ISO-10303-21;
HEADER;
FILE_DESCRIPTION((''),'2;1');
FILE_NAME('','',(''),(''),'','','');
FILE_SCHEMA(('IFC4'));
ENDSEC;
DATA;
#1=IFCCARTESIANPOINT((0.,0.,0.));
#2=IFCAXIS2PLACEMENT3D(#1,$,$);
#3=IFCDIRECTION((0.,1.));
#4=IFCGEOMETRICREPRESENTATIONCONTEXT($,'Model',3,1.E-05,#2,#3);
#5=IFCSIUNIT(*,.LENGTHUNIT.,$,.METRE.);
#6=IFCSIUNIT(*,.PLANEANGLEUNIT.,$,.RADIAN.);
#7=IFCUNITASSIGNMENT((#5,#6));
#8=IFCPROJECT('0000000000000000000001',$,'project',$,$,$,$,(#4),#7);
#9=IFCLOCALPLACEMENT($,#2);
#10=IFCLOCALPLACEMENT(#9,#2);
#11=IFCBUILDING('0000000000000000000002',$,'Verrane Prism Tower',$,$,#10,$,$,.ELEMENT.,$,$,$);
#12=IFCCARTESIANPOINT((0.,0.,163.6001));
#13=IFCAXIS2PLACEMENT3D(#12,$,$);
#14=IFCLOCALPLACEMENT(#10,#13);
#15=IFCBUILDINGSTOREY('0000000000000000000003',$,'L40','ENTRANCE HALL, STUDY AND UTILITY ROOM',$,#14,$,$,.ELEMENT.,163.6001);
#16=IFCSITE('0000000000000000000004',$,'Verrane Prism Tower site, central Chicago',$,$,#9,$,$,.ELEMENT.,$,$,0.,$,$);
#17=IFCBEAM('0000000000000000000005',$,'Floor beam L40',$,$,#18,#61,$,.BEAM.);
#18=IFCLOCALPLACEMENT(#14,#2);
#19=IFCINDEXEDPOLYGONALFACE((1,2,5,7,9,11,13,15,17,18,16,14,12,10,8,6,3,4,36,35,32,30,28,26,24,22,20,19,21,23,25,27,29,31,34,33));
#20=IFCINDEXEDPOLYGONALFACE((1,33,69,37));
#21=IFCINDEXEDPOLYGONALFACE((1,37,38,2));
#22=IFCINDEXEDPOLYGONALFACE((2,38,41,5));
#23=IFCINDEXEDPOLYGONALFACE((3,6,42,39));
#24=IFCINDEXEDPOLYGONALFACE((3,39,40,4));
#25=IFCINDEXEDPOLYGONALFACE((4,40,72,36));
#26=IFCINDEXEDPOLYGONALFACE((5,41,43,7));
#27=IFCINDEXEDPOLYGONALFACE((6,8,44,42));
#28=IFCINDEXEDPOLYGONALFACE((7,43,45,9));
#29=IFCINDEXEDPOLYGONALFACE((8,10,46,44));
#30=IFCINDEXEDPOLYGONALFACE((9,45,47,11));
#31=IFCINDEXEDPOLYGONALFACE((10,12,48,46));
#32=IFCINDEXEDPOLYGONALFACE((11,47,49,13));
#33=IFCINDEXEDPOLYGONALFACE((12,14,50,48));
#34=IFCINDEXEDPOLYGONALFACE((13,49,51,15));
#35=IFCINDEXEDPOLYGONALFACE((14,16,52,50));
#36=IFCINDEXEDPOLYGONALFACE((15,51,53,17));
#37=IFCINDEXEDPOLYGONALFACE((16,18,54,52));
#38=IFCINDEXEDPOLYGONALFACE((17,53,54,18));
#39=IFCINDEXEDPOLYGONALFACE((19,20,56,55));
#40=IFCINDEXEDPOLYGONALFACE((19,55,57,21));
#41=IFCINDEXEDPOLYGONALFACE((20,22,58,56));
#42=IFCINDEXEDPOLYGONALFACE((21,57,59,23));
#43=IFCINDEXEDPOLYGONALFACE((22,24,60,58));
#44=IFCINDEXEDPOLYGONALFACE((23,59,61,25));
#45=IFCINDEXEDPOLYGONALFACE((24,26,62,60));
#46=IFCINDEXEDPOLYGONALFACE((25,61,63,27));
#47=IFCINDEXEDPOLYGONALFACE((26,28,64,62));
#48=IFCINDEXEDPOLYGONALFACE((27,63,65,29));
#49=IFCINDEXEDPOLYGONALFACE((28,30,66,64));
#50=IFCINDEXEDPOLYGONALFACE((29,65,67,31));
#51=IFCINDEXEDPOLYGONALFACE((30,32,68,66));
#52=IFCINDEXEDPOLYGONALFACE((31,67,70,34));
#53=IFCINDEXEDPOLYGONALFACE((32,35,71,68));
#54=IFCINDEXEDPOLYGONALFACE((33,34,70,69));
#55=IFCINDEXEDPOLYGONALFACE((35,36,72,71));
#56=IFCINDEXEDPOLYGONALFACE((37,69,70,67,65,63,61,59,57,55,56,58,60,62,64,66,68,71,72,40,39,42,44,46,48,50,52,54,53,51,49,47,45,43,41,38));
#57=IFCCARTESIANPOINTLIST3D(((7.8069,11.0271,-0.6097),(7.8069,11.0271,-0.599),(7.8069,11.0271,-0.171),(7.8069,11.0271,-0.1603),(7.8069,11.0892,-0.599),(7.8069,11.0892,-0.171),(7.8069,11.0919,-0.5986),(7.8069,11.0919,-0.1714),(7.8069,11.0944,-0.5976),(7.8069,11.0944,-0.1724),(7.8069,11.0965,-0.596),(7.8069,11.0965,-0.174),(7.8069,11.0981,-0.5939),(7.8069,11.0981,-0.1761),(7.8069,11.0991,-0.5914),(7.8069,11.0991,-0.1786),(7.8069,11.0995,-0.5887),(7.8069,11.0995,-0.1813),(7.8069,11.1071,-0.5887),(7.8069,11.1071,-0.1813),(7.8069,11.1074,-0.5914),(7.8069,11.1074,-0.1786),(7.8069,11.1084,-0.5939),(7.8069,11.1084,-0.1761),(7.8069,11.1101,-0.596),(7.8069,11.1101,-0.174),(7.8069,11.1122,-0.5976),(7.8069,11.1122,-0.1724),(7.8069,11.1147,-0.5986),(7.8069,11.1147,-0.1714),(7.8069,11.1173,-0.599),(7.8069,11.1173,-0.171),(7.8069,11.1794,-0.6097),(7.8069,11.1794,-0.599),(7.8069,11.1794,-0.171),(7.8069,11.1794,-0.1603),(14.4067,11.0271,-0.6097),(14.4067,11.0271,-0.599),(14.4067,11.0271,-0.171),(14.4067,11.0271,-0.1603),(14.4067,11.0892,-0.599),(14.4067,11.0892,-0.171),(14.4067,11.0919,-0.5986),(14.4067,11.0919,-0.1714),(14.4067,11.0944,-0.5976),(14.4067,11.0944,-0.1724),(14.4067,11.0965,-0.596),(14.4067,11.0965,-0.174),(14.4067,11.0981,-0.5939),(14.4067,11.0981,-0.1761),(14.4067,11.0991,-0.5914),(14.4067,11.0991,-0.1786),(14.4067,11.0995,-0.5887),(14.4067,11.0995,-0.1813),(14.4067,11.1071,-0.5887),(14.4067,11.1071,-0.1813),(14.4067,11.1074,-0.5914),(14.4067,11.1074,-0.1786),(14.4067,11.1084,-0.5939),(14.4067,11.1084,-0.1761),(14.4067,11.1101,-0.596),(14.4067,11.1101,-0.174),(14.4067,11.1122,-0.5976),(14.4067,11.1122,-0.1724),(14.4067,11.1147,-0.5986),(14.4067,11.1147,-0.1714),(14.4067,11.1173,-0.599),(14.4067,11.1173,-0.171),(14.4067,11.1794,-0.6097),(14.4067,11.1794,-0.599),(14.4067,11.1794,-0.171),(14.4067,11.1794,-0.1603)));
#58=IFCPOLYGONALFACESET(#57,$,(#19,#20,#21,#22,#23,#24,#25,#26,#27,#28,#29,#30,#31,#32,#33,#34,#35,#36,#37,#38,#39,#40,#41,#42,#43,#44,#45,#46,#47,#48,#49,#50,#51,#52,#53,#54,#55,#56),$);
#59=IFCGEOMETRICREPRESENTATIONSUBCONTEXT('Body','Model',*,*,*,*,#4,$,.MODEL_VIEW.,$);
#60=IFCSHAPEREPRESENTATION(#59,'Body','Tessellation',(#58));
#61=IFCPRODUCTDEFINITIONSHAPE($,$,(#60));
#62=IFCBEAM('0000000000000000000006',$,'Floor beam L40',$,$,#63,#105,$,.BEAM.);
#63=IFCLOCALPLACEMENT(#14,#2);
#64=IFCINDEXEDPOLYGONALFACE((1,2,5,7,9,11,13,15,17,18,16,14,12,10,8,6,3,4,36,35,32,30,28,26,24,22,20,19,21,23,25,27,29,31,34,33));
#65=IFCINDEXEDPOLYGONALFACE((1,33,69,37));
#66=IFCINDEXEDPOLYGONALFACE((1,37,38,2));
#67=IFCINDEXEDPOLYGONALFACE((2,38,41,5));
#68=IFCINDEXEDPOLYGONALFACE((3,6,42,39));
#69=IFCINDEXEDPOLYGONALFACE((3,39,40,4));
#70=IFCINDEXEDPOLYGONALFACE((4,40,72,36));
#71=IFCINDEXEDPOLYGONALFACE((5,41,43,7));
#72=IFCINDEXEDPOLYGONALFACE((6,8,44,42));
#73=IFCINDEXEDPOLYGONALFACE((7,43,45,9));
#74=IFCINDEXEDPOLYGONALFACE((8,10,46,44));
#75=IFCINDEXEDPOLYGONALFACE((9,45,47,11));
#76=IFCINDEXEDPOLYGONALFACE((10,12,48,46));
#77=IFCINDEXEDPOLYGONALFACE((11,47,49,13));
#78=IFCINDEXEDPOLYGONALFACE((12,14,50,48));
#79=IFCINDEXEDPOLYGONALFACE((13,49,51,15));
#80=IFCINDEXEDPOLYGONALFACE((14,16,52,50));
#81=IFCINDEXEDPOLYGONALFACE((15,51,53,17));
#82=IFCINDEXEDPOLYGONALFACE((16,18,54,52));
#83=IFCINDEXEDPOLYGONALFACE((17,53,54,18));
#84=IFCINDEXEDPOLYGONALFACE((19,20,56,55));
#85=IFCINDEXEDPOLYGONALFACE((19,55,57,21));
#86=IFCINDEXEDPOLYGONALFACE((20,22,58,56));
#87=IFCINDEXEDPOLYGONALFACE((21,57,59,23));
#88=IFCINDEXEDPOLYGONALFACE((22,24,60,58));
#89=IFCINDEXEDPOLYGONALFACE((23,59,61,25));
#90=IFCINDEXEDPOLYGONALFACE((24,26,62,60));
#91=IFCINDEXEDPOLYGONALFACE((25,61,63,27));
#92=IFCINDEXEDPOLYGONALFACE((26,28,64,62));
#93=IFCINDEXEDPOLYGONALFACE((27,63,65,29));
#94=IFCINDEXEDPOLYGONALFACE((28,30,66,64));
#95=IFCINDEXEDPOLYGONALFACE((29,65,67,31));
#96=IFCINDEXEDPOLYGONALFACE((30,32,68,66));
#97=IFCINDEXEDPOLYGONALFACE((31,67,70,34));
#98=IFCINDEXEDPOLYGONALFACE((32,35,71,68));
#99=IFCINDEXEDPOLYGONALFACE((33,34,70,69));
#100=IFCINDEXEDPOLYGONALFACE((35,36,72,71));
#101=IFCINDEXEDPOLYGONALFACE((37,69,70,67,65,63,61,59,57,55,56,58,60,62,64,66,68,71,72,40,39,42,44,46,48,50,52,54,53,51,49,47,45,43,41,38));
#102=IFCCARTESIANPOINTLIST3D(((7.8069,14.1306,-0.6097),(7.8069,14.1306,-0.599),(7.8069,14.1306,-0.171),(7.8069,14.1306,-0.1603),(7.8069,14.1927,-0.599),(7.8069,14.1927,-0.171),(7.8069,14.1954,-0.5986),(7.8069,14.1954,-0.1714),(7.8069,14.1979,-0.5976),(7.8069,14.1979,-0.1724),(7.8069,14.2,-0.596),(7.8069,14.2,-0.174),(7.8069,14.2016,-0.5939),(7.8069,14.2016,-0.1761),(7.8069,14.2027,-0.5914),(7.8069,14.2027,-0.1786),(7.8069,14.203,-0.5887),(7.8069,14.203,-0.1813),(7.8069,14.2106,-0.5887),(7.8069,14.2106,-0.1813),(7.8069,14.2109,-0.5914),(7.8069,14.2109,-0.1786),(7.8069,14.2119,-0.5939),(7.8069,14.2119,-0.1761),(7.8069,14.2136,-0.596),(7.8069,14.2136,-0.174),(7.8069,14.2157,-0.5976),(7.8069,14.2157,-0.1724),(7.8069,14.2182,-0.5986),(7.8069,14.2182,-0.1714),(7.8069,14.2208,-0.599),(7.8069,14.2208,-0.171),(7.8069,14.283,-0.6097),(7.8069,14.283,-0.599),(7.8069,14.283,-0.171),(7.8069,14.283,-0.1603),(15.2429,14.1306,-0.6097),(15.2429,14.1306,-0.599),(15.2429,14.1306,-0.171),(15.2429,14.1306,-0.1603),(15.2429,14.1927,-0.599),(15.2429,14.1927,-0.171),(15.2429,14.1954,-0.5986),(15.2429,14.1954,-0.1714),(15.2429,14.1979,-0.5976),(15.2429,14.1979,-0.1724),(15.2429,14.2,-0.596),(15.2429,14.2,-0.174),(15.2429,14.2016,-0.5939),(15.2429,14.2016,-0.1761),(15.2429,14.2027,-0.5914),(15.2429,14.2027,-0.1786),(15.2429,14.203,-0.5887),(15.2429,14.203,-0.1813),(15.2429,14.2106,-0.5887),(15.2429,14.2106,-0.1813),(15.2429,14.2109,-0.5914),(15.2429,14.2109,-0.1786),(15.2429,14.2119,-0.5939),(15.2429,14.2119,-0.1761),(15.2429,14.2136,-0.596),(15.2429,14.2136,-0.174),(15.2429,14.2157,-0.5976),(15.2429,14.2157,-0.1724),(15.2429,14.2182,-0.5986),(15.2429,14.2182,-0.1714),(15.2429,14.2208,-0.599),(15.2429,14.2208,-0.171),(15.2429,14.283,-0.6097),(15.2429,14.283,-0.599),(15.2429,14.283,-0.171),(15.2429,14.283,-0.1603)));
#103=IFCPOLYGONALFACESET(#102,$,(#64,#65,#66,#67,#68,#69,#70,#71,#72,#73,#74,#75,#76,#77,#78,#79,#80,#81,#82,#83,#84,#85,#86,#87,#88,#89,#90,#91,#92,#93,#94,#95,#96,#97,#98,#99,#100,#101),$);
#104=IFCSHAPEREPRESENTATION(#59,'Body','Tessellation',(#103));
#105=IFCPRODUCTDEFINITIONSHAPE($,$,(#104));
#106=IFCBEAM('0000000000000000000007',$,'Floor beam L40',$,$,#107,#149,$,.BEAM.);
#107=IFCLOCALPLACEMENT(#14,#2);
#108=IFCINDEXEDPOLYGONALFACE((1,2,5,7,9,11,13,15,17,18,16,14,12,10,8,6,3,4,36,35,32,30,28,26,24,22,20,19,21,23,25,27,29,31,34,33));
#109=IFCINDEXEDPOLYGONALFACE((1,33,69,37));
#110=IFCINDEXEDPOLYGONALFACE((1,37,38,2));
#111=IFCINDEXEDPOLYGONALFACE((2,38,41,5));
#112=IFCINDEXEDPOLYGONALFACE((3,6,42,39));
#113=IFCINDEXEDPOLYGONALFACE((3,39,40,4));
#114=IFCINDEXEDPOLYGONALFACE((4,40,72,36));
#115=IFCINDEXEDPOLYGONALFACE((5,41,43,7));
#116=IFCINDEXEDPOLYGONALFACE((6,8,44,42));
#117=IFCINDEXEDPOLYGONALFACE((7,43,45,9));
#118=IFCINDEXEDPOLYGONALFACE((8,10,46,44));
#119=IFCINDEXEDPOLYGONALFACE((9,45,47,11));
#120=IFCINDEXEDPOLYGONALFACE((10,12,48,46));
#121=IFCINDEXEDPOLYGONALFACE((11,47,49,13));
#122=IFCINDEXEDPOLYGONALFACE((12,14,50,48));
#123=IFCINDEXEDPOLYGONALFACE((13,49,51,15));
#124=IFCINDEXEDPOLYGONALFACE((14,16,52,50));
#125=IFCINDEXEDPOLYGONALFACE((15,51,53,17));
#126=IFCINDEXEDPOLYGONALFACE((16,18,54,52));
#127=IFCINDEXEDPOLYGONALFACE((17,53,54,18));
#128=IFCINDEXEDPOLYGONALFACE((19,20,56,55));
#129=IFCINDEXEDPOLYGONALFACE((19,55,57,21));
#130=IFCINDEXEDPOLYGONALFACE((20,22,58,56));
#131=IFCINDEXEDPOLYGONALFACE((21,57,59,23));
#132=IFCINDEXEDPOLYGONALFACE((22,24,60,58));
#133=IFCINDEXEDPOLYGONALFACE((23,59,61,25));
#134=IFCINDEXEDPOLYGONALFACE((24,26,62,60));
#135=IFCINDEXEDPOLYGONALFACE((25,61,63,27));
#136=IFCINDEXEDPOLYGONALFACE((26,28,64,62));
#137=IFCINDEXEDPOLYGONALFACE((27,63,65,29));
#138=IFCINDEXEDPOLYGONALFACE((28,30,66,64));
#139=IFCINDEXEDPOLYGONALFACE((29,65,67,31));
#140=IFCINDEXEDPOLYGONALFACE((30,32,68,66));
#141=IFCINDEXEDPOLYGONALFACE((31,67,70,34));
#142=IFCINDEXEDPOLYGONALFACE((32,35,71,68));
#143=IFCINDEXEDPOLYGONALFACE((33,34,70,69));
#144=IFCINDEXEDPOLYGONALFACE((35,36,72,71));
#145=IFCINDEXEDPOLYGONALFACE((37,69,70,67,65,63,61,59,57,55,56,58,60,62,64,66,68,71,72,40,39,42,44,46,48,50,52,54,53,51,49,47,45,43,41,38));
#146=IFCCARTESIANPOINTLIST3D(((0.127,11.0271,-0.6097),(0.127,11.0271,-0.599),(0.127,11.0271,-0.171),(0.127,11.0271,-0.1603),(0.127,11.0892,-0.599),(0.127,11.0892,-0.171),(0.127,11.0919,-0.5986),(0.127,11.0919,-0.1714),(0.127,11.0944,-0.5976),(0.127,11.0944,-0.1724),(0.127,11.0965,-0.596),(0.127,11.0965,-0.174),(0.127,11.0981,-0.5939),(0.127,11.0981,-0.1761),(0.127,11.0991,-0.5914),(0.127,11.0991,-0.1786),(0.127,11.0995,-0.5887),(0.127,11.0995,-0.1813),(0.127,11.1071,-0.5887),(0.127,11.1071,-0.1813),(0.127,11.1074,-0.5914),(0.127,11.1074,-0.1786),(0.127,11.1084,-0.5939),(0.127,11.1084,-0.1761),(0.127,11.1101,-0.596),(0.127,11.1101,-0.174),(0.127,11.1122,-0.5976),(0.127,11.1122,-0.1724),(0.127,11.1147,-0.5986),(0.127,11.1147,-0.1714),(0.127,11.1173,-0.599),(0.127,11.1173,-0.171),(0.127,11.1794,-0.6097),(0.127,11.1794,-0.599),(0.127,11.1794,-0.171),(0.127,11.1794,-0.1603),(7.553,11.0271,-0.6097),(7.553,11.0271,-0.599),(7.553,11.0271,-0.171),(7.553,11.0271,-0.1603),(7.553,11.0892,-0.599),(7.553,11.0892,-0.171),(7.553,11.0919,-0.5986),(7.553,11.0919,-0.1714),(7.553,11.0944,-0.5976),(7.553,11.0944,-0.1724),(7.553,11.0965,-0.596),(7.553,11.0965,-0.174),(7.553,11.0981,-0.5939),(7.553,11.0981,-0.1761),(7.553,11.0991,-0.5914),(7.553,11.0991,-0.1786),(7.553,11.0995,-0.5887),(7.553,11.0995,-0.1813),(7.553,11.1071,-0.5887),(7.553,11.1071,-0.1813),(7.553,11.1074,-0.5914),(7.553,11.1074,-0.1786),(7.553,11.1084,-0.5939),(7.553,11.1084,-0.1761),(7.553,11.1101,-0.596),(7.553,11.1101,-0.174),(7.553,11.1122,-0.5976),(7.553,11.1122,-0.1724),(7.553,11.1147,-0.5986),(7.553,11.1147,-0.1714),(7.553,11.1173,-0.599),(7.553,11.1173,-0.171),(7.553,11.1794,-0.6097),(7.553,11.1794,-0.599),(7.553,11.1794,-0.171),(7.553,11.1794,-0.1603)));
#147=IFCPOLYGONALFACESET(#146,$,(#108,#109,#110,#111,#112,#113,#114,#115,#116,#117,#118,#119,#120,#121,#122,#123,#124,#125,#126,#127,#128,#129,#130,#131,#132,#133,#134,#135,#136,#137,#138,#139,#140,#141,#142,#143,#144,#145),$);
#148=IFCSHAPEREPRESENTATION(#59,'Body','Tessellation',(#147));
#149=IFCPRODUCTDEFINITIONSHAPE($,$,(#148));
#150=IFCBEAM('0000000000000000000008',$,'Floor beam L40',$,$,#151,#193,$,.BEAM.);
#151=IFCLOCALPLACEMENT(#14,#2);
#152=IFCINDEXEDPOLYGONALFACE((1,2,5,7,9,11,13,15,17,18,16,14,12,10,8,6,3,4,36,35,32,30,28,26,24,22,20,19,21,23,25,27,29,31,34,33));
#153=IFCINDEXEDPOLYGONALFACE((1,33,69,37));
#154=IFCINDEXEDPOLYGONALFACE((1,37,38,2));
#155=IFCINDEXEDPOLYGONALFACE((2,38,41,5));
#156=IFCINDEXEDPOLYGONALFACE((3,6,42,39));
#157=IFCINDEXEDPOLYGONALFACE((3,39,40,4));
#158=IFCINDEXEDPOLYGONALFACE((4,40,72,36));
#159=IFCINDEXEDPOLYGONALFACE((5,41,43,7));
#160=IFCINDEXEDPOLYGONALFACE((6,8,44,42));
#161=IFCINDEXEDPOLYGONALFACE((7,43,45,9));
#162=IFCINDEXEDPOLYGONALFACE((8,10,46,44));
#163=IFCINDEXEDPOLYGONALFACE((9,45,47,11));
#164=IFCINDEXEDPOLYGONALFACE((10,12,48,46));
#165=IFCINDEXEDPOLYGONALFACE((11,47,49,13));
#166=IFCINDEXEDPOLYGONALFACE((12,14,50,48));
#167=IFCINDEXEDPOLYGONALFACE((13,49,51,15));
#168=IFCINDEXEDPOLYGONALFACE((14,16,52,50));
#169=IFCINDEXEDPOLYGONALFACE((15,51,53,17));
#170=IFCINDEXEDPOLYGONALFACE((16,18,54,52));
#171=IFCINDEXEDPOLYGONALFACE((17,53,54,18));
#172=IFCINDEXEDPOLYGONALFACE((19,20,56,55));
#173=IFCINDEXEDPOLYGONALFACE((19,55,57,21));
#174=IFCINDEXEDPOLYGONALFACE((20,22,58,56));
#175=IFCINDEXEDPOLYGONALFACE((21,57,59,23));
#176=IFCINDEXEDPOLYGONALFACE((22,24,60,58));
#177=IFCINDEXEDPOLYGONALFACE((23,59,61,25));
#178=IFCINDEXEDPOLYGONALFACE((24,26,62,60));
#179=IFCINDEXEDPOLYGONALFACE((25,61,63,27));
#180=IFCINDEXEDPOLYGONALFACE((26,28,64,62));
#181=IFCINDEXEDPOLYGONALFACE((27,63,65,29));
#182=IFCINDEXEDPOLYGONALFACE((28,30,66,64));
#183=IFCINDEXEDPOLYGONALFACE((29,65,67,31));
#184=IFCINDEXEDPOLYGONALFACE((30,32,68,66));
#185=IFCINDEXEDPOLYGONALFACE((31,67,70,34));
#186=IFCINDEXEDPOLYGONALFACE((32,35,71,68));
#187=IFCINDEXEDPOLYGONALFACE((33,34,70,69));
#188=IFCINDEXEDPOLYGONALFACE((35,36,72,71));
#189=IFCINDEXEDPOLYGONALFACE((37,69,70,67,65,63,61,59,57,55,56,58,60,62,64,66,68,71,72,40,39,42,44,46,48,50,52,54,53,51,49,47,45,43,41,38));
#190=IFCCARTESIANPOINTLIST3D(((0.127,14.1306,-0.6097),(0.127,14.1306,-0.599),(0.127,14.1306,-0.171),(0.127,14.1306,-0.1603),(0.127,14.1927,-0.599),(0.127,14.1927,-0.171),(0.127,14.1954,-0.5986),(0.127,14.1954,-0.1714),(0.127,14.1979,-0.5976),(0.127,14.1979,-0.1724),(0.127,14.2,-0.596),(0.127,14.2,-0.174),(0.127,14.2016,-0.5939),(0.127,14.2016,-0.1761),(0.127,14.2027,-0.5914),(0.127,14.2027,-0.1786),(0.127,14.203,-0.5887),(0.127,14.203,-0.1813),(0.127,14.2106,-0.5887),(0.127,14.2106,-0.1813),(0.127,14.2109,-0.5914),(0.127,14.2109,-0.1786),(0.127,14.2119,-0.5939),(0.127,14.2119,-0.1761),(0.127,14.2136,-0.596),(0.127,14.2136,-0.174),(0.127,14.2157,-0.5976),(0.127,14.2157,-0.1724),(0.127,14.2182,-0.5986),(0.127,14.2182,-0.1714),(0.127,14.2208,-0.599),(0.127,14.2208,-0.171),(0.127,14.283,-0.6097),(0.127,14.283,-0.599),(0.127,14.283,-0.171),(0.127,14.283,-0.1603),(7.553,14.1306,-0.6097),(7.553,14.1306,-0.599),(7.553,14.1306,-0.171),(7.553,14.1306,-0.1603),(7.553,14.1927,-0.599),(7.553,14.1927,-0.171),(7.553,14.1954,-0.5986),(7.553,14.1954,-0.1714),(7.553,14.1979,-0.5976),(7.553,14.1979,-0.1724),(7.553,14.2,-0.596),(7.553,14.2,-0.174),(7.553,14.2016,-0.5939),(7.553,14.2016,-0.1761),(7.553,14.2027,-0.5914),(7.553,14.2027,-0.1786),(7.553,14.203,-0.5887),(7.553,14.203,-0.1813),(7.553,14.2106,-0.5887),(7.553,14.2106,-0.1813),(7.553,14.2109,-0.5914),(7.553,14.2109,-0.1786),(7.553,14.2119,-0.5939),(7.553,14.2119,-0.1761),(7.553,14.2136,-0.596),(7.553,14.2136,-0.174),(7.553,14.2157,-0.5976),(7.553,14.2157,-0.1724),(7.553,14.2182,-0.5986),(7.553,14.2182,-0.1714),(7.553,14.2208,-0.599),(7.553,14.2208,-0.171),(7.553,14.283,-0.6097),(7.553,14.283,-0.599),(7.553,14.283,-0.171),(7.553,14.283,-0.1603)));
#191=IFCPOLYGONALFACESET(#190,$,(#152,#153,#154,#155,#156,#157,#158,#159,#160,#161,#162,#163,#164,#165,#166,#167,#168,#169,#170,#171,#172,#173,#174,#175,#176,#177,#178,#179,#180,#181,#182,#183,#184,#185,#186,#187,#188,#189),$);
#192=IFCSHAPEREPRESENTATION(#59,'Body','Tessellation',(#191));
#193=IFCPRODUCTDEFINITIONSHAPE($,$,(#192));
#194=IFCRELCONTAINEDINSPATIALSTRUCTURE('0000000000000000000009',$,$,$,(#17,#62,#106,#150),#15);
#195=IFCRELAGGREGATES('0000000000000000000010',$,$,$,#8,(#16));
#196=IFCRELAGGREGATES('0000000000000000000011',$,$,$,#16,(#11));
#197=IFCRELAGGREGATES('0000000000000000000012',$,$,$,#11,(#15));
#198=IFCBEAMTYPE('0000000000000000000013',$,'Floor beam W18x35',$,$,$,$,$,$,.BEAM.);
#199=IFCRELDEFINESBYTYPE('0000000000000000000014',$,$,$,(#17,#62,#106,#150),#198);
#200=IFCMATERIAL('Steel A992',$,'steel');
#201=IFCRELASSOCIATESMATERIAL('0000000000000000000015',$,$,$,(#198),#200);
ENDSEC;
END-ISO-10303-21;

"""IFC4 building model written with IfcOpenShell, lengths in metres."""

from ifc_helpers import new_model, si_unit, direction, frame, origin, origin_2d, place, context, subcontext, project, spatial, i_section, extrude, material, material_profile, profile_set, type_object, element, save


model = new_model("IFC4")

# Units and contexts
model_context = context("Model", 3, precision=1e-05, world=origin(), true_north=direction((0.0, 1.0)))
body_context = subcontext(model_context, "Body", "Model", "MODEL_VIEW")
ifc_project = project(units=[si_unit("LENGTHUNIT", "METRE"), si_unit("PLANEANGLEUNIT", "RADIAN")], contexts=[model_context])

# Site, building, storey
site_placement = place(None, origin())
site = spatial("IfcSite", under=ifc_project, at=site_placement, Name="Verrane Prism Tower site, central Chicago", CompositionType="ELEMENT", RefElevation=0.0)
building_placement = place(site_placement, origin())
building = spatial("IfcBuilding", under=site, at=building_placement, Name="Verrane Prism Tower", CompositionType="ELEMENT")
storey_placement = place(building_placement, frame((0.0, 0.0, 163.6001)))
storey = spatial("IfcBuildingStorey", under=building, at=storey_placement, Name="L40", Description="ENTRANCE HALL, STUDY AND UTILITY ROOM", CompositionType="ELEMENT", Elevation=163.6001)

# Beams
ifc_material_1 = material(Name="Steel A992", Category="steel")
ifc_material_profile_1 = material_profile(ifc_material_1, i_section(OverallWidth=0.1523, OverallDepth=0.4495, WebThickness=0.0076, FlangeThickness=0.0107, FilletRadius=0.0103, at=origin_2d()), Name="W18x35")
ifc_profile_set_1 = profile_set([ifc_material_profile_1], Name="Steel A992")
beam_type_1 = type_object("IfcBeamType", Name="Floor beam W18x35", PredefinedType="BEAM", material=ifc_profile_set_1)
beam_1_placement = place(storey_placement, frame((7.8069, 11.1033, -0.385), z_axis=(1.0, 0.0, 0.0), x_axis=(0.0, 1.0, 0.0)))
element("IfcBeam", 1, at=beam_1_placement, inside=storey, type_object=beam_type_1, Name="Floor beam L40", PredefinedType="BEAM", context=body_context, shape_type="SweptSolid", body=[
    extrude(i_section(OverallWidth=0.1523, OverallDepth=0.4495, WebThickness=0.0076, FlangeThickness=0.0107, FilletRadius=0.0103, at=origin_2d()), origin(), (0.0, 0.0, 1.0), 6.5999),
])
beam_2_placement = place(storey_placement, frame((7.8069, 14.2068, -0.385), z_axis=(1.0, 0.0, 0.0), x_axis=(0.0, 1.0, 0.0)))
element("IfcBeam", 2, at=beam_2_placement, inside=storey, type_object=beam_type_1, Name="Floor beam L40", PredefinedType="BEAM", context=body_context, shape_type="SweptSolid", body=[
    extrude(i_section(OverallWidth=0.1523, OverallDepth=0.4495, WebThickness=0.0076, FlangeThickness=0.0107, FilletRadius=0.0103, at=origin_2d()), origin(), (0.0, 0.0, 1.0), 7.436),
])
for number, where, z_axis, x_axis, name in (
    (3, (0.127, 11.1033, -0.385), (1.0, 0.0, 0.0), (0.0, 1.0, 0.0), "Floor beam L40"),
    (4, (0.127, 14.2068, -0.385), (1.0, 0.0, 0.0), (0.0, 1.0, 0.0), "Floor beam L40"),
):
    element("IfcBeam", number, at=place(storey_placement, frame(where, z_axis=z_axis, x_axis=x_axis)), inside=storey, type_object=beam_type_1, Name=name, PredefinedType="BEAM", context=body_context, shape_type="SweptSolid", body=[
        extrude(i_section(OverallWidth=0.1523, OverallDepth=0.4495, WebThickness=0.0076, FlangeThickness=0.0107, FilletRadius=0.0103, at=origin_2d()), origin(), (0.0, 0.0, 1.0), 7.426),
    ])

save(model, "model.ifc")
